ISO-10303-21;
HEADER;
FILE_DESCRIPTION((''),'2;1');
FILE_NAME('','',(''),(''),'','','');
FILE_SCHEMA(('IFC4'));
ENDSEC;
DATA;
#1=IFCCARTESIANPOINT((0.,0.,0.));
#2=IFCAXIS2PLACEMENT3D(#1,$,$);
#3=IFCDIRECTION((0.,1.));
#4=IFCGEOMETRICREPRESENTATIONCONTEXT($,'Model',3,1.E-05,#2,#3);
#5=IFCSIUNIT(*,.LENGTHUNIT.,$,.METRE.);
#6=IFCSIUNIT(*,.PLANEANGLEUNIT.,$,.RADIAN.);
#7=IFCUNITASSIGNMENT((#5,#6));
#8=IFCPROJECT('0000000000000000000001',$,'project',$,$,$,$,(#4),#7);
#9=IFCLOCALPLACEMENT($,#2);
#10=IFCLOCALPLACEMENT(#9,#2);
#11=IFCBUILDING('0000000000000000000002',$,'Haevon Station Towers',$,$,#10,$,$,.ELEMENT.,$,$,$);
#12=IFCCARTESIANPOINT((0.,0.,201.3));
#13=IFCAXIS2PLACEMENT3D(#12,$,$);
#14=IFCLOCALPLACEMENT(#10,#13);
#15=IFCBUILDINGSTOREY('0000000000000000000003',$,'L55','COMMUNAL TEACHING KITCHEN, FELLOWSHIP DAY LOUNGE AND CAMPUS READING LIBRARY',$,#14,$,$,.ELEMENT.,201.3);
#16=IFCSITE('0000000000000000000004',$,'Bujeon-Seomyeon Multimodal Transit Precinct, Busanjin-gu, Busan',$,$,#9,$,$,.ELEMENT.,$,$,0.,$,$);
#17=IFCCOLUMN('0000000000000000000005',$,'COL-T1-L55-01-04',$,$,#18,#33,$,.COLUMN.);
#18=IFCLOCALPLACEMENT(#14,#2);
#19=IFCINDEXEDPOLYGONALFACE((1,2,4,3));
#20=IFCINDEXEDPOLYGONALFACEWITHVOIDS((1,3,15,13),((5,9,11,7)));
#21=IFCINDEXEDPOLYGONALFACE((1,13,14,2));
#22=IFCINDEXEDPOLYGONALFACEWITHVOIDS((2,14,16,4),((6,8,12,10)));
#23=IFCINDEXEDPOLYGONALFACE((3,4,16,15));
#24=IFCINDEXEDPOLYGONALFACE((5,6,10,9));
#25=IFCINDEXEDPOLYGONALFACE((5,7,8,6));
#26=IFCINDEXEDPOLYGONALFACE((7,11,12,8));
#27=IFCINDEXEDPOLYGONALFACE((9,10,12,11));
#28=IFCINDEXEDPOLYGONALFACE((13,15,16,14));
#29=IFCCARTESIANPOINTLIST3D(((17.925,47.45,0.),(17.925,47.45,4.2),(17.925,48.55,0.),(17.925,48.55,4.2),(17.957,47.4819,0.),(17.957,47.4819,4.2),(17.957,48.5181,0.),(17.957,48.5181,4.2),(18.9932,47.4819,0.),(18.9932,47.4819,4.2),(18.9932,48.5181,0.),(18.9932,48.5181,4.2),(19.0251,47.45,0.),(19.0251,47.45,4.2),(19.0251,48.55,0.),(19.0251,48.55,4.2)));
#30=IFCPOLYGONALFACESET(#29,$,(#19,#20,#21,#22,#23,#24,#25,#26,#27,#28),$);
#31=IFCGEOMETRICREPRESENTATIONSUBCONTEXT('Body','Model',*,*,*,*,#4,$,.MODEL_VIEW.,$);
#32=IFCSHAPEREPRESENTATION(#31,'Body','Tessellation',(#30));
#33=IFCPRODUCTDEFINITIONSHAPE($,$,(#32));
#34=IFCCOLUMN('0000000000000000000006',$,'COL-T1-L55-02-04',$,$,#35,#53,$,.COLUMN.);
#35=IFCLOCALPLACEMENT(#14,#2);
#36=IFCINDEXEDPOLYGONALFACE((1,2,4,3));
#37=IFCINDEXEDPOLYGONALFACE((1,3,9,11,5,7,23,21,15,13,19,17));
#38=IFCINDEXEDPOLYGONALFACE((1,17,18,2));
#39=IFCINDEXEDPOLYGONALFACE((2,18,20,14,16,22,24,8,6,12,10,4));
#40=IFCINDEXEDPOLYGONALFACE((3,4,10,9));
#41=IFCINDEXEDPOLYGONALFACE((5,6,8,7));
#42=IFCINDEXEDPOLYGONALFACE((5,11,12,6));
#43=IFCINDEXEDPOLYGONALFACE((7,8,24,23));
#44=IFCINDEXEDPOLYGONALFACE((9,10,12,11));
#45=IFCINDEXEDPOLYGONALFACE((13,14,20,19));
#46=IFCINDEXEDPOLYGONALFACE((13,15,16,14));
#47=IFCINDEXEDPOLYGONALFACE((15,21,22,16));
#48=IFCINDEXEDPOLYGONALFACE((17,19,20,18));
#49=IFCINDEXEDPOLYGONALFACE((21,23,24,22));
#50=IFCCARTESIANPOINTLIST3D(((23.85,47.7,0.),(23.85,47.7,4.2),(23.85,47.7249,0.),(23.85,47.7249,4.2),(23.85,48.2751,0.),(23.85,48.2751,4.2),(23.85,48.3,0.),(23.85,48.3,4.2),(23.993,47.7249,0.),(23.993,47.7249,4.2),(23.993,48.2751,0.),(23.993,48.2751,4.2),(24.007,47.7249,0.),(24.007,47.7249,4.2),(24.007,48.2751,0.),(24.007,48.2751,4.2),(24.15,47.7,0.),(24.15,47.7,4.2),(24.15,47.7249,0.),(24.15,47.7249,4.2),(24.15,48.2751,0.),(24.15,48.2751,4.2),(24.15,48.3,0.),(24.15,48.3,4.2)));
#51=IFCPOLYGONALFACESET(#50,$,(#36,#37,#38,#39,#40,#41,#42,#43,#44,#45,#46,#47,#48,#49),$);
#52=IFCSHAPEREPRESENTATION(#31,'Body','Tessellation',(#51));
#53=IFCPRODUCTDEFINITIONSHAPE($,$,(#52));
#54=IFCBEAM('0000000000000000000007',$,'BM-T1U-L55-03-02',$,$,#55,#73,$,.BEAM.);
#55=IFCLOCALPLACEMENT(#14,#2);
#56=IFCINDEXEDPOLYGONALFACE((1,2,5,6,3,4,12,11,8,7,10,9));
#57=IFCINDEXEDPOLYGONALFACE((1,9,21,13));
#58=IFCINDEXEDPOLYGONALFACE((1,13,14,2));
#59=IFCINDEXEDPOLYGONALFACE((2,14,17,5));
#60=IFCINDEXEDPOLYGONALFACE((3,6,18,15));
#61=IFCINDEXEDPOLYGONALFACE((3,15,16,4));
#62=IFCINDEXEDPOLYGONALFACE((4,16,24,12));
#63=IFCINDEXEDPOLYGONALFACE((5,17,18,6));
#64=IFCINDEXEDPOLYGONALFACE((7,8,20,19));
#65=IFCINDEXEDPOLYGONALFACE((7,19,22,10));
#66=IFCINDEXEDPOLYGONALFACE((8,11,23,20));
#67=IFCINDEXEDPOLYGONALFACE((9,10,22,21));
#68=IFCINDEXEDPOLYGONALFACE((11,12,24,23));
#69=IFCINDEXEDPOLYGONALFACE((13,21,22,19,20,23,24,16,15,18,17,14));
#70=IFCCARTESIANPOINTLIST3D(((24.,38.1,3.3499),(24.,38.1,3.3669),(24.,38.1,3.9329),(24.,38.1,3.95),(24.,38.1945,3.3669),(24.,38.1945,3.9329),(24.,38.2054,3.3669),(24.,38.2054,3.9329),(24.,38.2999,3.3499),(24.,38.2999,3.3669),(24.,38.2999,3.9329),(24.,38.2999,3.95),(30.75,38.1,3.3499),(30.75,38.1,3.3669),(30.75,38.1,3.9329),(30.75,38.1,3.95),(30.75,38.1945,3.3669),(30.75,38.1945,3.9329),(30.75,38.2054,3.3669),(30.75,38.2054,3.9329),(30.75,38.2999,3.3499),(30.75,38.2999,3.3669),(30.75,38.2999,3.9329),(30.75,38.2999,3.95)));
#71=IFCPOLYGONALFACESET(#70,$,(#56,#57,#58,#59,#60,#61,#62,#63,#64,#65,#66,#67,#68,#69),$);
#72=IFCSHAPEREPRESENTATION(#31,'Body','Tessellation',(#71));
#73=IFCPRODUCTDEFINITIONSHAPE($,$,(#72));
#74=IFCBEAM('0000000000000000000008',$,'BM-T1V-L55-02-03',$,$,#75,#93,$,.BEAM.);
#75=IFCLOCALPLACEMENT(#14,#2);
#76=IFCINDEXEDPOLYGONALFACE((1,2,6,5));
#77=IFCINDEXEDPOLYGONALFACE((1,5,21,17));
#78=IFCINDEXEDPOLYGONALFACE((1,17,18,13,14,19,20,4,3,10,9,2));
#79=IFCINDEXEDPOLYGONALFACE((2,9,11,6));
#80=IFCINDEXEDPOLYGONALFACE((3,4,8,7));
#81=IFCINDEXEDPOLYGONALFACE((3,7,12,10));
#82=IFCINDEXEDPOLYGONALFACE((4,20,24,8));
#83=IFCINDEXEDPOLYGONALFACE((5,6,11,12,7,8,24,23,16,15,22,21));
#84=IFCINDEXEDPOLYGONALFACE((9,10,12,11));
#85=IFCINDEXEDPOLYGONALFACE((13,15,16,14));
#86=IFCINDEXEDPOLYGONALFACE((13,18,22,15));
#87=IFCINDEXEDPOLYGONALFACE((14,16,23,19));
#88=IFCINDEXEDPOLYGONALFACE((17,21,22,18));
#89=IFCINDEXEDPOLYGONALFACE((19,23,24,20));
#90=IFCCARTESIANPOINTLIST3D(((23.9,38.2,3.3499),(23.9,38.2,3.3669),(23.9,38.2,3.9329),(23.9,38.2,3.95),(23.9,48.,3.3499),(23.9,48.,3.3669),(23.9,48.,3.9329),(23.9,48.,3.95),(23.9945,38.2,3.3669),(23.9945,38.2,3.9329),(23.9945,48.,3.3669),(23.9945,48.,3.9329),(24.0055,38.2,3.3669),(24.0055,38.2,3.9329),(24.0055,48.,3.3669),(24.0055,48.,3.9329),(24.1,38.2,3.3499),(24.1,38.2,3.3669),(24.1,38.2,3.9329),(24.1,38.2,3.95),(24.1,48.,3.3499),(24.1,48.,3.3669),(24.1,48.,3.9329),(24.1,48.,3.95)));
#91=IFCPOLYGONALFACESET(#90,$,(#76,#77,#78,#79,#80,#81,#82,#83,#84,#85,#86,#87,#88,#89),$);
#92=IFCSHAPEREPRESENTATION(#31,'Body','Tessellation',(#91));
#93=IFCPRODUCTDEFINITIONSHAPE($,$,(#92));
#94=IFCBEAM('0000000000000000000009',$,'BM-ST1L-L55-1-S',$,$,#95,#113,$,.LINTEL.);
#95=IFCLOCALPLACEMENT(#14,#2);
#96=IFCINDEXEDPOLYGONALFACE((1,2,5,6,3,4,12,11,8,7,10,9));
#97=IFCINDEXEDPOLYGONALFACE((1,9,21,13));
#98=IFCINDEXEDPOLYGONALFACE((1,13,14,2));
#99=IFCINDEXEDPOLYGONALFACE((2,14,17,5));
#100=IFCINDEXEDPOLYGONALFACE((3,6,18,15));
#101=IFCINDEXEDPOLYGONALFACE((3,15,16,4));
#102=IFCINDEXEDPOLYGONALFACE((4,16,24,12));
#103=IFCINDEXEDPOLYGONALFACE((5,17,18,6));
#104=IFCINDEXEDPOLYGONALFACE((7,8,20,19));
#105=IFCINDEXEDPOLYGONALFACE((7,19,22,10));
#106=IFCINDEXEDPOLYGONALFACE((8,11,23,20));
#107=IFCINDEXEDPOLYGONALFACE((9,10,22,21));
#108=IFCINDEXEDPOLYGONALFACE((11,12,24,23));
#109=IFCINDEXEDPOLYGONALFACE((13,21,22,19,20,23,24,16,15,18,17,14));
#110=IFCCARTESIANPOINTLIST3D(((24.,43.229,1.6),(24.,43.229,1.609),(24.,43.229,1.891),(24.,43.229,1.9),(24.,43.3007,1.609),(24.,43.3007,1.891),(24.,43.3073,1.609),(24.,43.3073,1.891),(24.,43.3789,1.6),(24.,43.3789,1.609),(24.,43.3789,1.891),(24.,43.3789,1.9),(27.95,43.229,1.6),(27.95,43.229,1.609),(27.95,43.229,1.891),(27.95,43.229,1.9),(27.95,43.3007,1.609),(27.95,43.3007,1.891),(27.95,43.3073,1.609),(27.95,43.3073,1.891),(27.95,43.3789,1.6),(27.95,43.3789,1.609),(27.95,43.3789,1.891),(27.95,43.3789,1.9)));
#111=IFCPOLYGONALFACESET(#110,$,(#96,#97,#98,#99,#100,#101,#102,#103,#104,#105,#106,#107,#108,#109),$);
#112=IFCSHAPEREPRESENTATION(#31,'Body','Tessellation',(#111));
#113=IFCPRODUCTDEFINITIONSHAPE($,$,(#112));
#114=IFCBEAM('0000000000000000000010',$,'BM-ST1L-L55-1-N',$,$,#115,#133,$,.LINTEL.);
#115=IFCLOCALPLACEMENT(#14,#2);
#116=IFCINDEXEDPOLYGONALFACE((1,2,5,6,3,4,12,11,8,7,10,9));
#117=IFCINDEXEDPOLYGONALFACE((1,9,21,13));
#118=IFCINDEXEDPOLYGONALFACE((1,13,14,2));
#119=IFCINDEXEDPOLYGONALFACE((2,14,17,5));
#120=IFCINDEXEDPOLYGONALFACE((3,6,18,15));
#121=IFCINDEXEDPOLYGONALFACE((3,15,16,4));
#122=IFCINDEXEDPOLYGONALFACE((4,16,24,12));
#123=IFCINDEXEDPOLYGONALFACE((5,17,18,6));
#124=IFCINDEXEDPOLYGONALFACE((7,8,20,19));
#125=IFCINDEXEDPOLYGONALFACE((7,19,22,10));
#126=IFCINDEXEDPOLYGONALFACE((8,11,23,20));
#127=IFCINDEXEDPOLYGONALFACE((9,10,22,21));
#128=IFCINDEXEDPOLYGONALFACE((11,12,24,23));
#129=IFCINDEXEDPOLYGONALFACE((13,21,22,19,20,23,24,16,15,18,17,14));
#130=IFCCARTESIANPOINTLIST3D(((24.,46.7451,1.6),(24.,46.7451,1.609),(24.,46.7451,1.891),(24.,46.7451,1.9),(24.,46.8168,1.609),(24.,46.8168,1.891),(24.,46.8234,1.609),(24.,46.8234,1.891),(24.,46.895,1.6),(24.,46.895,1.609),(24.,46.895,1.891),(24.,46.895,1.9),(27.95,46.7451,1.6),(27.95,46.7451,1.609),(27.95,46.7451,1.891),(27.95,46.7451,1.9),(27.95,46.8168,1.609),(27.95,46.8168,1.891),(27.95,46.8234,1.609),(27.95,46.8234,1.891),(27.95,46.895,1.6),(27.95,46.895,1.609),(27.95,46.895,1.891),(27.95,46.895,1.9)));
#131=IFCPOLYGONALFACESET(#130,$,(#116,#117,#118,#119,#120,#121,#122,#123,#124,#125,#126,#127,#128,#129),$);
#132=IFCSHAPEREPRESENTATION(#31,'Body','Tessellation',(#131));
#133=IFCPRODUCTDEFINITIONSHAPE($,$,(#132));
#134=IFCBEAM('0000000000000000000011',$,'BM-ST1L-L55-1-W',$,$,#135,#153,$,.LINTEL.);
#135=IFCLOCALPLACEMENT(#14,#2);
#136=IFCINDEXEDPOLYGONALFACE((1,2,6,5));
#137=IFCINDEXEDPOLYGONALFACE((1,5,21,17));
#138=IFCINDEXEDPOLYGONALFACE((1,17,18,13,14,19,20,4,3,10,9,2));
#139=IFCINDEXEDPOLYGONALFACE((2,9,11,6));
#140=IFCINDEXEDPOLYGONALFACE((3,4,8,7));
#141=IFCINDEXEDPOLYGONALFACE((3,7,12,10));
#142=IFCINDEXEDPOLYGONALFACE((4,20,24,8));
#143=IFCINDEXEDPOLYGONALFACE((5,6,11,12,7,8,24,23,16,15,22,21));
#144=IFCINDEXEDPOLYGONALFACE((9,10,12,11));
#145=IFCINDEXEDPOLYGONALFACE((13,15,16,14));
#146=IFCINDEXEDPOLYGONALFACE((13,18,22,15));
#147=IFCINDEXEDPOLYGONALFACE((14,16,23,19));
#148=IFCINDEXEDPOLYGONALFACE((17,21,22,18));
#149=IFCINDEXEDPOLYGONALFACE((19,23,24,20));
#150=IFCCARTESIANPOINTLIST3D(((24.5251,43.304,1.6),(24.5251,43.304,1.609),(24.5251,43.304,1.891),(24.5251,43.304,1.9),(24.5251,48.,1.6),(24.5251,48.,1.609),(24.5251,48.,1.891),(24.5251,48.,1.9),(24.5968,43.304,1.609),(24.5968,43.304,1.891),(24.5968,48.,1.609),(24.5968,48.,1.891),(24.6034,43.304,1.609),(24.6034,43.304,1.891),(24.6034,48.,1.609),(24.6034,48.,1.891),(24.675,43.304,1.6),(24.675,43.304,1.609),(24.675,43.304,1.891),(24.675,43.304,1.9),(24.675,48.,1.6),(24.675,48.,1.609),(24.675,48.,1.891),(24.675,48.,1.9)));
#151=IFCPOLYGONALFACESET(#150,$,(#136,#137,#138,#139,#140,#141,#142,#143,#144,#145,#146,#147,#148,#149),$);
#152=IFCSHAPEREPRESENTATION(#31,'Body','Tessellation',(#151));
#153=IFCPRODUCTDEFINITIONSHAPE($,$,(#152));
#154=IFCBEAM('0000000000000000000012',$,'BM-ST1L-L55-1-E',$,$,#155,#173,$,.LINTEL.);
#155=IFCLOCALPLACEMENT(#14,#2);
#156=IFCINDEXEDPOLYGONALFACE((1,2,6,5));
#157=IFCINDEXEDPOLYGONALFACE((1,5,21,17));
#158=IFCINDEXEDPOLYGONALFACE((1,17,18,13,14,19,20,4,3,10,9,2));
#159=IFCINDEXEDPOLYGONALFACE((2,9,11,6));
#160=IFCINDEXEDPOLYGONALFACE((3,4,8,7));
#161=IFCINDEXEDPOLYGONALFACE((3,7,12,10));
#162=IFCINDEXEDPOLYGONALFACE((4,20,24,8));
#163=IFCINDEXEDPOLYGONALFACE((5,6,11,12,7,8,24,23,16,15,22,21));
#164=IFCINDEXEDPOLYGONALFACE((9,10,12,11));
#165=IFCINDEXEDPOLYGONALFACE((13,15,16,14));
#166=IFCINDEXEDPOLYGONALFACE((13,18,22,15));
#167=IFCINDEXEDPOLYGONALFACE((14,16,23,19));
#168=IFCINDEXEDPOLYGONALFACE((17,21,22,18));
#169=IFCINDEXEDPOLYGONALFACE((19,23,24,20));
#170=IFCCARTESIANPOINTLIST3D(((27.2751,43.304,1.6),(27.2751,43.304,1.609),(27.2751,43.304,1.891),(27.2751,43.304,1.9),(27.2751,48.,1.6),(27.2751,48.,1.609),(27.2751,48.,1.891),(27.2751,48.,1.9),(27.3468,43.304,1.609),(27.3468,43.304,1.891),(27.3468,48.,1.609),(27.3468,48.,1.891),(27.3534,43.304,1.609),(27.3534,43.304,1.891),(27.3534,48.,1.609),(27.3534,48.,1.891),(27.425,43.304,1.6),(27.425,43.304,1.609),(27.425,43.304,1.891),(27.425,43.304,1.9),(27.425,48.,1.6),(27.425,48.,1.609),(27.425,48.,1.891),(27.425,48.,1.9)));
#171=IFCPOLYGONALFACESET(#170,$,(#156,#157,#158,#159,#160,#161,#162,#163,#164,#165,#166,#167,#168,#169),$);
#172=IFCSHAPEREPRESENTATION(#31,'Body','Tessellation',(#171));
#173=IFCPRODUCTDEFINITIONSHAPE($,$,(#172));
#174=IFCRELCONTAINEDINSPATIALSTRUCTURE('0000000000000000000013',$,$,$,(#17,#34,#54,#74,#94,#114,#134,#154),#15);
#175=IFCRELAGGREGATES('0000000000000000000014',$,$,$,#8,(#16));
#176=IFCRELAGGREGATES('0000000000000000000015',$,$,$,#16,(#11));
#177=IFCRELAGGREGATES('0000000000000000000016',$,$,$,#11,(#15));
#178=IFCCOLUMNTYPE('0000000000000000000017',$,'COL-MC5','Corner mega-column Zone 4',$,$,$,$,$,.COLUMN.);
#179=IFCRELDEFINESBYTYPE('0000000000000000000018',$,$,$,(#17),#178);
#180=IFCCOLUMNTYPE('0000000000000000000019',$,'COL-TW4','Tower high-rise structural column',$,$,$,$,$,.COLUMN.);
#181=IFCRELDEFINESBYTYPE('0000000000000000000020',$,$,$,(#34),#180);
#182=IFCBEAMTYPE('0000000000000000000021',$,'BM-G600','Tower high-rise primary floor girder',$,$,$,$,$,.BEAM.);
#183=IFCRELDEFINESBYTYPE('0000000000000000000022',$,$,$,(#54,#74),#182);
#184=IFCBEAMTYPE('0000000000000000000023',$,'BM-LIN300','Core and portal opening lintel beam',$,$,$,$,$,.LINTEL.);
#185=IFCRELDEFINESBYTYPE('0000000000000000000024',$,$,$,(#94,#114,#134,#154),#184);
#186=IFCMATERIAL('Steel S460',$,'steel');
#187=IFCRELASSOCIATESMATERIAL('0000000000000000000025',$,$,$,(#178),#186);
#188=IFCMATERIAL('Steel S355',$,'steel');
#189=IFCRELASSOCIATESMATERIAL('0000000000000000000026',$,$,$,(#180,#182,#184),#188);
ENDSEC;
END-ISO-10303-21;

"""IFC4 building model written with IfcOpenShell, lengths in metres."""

from ifc_helpers import new_model, si_unit, direction, frame, origin, origin_2d, place, context, subcontext, project, spatial, hollow_rectangle, i_section, extrude, material, material_profile, profile_set, type_object, element, save


model = new_model("IFC4")

# Units and contexts
model_context = context("Model", 3, precision=1e-05, world=origin(), true_north=direction((0.0, 1.0)))
body_context = subcontext(model_context, "Body", "Model", "MODEL_VIEW")
ifc_project = project(units=[si_unit("LENGTHUNIT", "METRE"), si_unit("PLANEANGLEUNIT", "RADIAN")], contexts=[model_context])

# Site, building, storey
site_placement = place(None, origin())
site = spatial("IfcSite", under=ifc_project, at=site_placement, Name="Bujeon-Seomyeon Multimodal Transit Precinct, Busanjin-gu, Busan", CompositionType="ELEMENT", RefElevation=0.0)
building_placement = place(site_placement, origin())
building = spatial("IfcBuilding", under=site, at=building_placement, Name="Haevon Station Towers", CompositionType="ELEMENT")
storey_placement = place(building_placement, frame((0.0, 0.0, 201.3)))
storey = spatial("IfcBuildingStorey", under=building, at=storey_placement, Name="L55", Description="COMMUNAL TEACHING KITCHEN, FELLOWSHIP DAY LOUNGE AND CAMPUS READING LIBRARY", CompositionType="ELEMENT", Elevation=201.3)

# Columns
ifc_material_1 = material(Name="Steel S460", Category="steel")
ifc_material_profile_1 = material_profile(ifc_material_1, hollow_rectangle(XDim=1.1001, YDim=1.1001, WallThickness=0.032, at=origin_2d()), Name="BOX-1100x1100x32")
ifc_profile_set_1 = profile_set([ifc_material_profile_1], Name="Steel S460")
column_type_1 = type_object("IfcColumnType", Name="COL-MC5", Description="Corner mega-column Zone 4", PredefinedType="COLUMN", material=ifc_profile_set_1)
column_1_placement = place(storey_placement, frame((18.4751, 48.0, 0.0), z_axis=(0.0, 0.0, 1.0), x_axis=(1.0, 0.0, 0.0)))
element("IfcColumn", 1, at=column_1_placement, inside=storey, type_object=column_type_1, Name="COL-T1-L55-01-04", PredefinedType="COLUMN", context=body_context, shape_type="SweptSolid", body=[
    extrude(hollow_rectangle(XDim=1.1001, YDim=1.1001, WallThickness=0.032, at=origin_2d()), origin(), (0.0, 0.0, 1.0), 4.2),
])
ifc_material_2 = material(Name="Steel S355", Category="steel")
ifc_material_profile_2 = material_profile(ifc_material_2, i_section(OverallWidth=0.3, OverallDepth=0.6001, WebThickness=0.0139, FlangeThickness=0.0249, at=origin_2d()), Name="H-600x300x14x25")
ifc_profile_set_2 = profile_set([ifc_material_profile_2], Name="Steel S355")
column_type_2 = type_object("IfcColumnType", Name="COL-TW4", Description="Tower high-rise structural column", PredefinedType="COLUMN", material=ifc_profile_set_2)
column_2_placement = place(storey_placement, frame((24.0, 48.0, 0.0), z_axis=(0.0, 0.0, 1.0), x_axis=(1.0, 0.0, 0.0)))
element("IfcColumn", 2, at=column_2_placement, inside=storey, type_object=column_type_2, Name="COL-T1-L55-02-04", PredefinedType="COLUMN", context=body_context, shape_type="SweptSolid", body=[
    extrude(i_section(OverallWidth=0.3, OverallDepth=0.6001, WebThickness=0.0139, FlangeThickness=0.0249, at=origin_2d()), origin(), (0.0, 0.0, 1.0), 4.2),
])

# Beams
ifc_material_profile_3 = material_profile(ifc_material_2, i_section(OverallWidth=0.2, OverallDepth=0.6001, WebThickness=0.011, FlangeThickness=0.0171, at=origin_2d()), Name="H-600x200x11x17")
ifc_profile_set_3 = profile_set([ifc_material_profile_3], Name="Steel S355")
beam_type_1 = type_object("IfcBeamType", Name="BM-G600", Description="Tower high-rise primary floor girder", PredefinedType="BEAM", material=ifc_profile_set_3)
beam_1_placement = place(storey_placement, frame((24.0, 38.2, 3.6499), z_axis=(1.0, 0.0, 0.0), x_axis=(0.0, 1.0, 0.0)))
element("IfcBeam", 3, at=beam_1_placement, inside=storey, type_object=beam_type_1, Name="BM-T1U-L55-03-02", PredefinedType="BEAM", context=body_context, shape_type="SweptSolid", body=[
    extrude(i_section(OverallWidth=0.2, OverallDepth=0.6001, WebThickness=0.011, FlangeThickness=0.0171, at=origin_2d()), origin(), (0.0, 0.0, 1.0), 6.75),
])
beam_2_placement = place(storey_placement, frame((24.0, 38.2, 3.6499), z_axis=(0.0, 1.0, 0.0), x_axis=(-1.0, 0.0, 0.0)))
element("IfcBeam", 4, at=beam_2_placement, inside=storey, type_object=beam_type_1, Name="BM-T1V-L55-02-03", PredefinedType="BEAM", context=body_context, shape_type="SweptSolid", body=[
    extrude(i_section(OverallWidth=0.2, OverallDepth=0.6001, WebThickness=0.011, FlangeThickness=0.0171, at=origin_2d()), origin(), (0.0, 0.0, 1.0), 9.8),
])
ifc_material_profile_4 = material_profile(ifc_material_2, i_section(OverallWidth=0.1499, OverallDepth=0.3, WebThickness=0.0066, FlangeThickness=0.009, at=origin_2d()), Name="H-300x150x6.5x9")
ifc_profile_set_4 = profile_set([ifc_material_profile_4], Name="Steel S355")
beam_type_2 = type_object("IfcBeamType", Name="BM-LIN300", Description="Core and portal opening lintel beam", PredefinedType="LINTEL", material=ifc_profile_set_4)
for number, where, z_axis, x_axis, name in (
    (5, (24.0, 43.304, 1.75), (1.0, 0.0, 0.0), (0.0, 1.0, 0.0), "BM-ST1L-L55-1-S"),
    (6, (24.0, 46.8201, 1.75), (1.0, 0.0, 0.0), (0.0, 1.0, 0.0), "BM-ST1L-L55-1-N"),
):
    element("IfcBeam", number, at=place(storey_placement, frame(where, z_axis=z_axis, x_axis=x_axis)), inside=storey, type_object=beam_type_2, Name=name, PredefinedType="LINTEL", context=body_context, shape_type="SweptSolid", body=[
        extrude(i_section(OverallWidth=0.1499, OverallDepth=0.3, WebThickness=0.0066, FlangeThickness=0.009, at=origin_2d()), origin(), (0.0, 0.0, 1.0), 3.95),
    ])
for number, where, z_axis, x_axis, name in (
    (7, (24.6001, 43.304, 1.75), (0.0, 1.0, 0.0), (-1.0, 0.0, 0.0), "BM-ST1L-L55-1-W"),
    (8, (27.3501, 43.304, 1.75), (0.0, 1.0, 0.0), (-1.0, 0.0, 0.0), "BM-ST1L-L55-1-E"),
):
    element("IfcBeam", number, at=place(storey_placement, frame(where, z_axis=z_axis, x_axis=x_axis)), inside=storey, type_object=beam_type_2, Name=name, PredefinedType="LINTEL", context=body_context, shape_type="SweptSolid", body=[
        extrude(i_section(OverallWidth=0.1499, OverallDepth=0.3, WebThickness=0.0066, FlangeThickness=0.009, at=origin_2d()), origin(), (0.0, 0.0, 1.0), 4.696),
    ])

save(model, "model.ifc")
